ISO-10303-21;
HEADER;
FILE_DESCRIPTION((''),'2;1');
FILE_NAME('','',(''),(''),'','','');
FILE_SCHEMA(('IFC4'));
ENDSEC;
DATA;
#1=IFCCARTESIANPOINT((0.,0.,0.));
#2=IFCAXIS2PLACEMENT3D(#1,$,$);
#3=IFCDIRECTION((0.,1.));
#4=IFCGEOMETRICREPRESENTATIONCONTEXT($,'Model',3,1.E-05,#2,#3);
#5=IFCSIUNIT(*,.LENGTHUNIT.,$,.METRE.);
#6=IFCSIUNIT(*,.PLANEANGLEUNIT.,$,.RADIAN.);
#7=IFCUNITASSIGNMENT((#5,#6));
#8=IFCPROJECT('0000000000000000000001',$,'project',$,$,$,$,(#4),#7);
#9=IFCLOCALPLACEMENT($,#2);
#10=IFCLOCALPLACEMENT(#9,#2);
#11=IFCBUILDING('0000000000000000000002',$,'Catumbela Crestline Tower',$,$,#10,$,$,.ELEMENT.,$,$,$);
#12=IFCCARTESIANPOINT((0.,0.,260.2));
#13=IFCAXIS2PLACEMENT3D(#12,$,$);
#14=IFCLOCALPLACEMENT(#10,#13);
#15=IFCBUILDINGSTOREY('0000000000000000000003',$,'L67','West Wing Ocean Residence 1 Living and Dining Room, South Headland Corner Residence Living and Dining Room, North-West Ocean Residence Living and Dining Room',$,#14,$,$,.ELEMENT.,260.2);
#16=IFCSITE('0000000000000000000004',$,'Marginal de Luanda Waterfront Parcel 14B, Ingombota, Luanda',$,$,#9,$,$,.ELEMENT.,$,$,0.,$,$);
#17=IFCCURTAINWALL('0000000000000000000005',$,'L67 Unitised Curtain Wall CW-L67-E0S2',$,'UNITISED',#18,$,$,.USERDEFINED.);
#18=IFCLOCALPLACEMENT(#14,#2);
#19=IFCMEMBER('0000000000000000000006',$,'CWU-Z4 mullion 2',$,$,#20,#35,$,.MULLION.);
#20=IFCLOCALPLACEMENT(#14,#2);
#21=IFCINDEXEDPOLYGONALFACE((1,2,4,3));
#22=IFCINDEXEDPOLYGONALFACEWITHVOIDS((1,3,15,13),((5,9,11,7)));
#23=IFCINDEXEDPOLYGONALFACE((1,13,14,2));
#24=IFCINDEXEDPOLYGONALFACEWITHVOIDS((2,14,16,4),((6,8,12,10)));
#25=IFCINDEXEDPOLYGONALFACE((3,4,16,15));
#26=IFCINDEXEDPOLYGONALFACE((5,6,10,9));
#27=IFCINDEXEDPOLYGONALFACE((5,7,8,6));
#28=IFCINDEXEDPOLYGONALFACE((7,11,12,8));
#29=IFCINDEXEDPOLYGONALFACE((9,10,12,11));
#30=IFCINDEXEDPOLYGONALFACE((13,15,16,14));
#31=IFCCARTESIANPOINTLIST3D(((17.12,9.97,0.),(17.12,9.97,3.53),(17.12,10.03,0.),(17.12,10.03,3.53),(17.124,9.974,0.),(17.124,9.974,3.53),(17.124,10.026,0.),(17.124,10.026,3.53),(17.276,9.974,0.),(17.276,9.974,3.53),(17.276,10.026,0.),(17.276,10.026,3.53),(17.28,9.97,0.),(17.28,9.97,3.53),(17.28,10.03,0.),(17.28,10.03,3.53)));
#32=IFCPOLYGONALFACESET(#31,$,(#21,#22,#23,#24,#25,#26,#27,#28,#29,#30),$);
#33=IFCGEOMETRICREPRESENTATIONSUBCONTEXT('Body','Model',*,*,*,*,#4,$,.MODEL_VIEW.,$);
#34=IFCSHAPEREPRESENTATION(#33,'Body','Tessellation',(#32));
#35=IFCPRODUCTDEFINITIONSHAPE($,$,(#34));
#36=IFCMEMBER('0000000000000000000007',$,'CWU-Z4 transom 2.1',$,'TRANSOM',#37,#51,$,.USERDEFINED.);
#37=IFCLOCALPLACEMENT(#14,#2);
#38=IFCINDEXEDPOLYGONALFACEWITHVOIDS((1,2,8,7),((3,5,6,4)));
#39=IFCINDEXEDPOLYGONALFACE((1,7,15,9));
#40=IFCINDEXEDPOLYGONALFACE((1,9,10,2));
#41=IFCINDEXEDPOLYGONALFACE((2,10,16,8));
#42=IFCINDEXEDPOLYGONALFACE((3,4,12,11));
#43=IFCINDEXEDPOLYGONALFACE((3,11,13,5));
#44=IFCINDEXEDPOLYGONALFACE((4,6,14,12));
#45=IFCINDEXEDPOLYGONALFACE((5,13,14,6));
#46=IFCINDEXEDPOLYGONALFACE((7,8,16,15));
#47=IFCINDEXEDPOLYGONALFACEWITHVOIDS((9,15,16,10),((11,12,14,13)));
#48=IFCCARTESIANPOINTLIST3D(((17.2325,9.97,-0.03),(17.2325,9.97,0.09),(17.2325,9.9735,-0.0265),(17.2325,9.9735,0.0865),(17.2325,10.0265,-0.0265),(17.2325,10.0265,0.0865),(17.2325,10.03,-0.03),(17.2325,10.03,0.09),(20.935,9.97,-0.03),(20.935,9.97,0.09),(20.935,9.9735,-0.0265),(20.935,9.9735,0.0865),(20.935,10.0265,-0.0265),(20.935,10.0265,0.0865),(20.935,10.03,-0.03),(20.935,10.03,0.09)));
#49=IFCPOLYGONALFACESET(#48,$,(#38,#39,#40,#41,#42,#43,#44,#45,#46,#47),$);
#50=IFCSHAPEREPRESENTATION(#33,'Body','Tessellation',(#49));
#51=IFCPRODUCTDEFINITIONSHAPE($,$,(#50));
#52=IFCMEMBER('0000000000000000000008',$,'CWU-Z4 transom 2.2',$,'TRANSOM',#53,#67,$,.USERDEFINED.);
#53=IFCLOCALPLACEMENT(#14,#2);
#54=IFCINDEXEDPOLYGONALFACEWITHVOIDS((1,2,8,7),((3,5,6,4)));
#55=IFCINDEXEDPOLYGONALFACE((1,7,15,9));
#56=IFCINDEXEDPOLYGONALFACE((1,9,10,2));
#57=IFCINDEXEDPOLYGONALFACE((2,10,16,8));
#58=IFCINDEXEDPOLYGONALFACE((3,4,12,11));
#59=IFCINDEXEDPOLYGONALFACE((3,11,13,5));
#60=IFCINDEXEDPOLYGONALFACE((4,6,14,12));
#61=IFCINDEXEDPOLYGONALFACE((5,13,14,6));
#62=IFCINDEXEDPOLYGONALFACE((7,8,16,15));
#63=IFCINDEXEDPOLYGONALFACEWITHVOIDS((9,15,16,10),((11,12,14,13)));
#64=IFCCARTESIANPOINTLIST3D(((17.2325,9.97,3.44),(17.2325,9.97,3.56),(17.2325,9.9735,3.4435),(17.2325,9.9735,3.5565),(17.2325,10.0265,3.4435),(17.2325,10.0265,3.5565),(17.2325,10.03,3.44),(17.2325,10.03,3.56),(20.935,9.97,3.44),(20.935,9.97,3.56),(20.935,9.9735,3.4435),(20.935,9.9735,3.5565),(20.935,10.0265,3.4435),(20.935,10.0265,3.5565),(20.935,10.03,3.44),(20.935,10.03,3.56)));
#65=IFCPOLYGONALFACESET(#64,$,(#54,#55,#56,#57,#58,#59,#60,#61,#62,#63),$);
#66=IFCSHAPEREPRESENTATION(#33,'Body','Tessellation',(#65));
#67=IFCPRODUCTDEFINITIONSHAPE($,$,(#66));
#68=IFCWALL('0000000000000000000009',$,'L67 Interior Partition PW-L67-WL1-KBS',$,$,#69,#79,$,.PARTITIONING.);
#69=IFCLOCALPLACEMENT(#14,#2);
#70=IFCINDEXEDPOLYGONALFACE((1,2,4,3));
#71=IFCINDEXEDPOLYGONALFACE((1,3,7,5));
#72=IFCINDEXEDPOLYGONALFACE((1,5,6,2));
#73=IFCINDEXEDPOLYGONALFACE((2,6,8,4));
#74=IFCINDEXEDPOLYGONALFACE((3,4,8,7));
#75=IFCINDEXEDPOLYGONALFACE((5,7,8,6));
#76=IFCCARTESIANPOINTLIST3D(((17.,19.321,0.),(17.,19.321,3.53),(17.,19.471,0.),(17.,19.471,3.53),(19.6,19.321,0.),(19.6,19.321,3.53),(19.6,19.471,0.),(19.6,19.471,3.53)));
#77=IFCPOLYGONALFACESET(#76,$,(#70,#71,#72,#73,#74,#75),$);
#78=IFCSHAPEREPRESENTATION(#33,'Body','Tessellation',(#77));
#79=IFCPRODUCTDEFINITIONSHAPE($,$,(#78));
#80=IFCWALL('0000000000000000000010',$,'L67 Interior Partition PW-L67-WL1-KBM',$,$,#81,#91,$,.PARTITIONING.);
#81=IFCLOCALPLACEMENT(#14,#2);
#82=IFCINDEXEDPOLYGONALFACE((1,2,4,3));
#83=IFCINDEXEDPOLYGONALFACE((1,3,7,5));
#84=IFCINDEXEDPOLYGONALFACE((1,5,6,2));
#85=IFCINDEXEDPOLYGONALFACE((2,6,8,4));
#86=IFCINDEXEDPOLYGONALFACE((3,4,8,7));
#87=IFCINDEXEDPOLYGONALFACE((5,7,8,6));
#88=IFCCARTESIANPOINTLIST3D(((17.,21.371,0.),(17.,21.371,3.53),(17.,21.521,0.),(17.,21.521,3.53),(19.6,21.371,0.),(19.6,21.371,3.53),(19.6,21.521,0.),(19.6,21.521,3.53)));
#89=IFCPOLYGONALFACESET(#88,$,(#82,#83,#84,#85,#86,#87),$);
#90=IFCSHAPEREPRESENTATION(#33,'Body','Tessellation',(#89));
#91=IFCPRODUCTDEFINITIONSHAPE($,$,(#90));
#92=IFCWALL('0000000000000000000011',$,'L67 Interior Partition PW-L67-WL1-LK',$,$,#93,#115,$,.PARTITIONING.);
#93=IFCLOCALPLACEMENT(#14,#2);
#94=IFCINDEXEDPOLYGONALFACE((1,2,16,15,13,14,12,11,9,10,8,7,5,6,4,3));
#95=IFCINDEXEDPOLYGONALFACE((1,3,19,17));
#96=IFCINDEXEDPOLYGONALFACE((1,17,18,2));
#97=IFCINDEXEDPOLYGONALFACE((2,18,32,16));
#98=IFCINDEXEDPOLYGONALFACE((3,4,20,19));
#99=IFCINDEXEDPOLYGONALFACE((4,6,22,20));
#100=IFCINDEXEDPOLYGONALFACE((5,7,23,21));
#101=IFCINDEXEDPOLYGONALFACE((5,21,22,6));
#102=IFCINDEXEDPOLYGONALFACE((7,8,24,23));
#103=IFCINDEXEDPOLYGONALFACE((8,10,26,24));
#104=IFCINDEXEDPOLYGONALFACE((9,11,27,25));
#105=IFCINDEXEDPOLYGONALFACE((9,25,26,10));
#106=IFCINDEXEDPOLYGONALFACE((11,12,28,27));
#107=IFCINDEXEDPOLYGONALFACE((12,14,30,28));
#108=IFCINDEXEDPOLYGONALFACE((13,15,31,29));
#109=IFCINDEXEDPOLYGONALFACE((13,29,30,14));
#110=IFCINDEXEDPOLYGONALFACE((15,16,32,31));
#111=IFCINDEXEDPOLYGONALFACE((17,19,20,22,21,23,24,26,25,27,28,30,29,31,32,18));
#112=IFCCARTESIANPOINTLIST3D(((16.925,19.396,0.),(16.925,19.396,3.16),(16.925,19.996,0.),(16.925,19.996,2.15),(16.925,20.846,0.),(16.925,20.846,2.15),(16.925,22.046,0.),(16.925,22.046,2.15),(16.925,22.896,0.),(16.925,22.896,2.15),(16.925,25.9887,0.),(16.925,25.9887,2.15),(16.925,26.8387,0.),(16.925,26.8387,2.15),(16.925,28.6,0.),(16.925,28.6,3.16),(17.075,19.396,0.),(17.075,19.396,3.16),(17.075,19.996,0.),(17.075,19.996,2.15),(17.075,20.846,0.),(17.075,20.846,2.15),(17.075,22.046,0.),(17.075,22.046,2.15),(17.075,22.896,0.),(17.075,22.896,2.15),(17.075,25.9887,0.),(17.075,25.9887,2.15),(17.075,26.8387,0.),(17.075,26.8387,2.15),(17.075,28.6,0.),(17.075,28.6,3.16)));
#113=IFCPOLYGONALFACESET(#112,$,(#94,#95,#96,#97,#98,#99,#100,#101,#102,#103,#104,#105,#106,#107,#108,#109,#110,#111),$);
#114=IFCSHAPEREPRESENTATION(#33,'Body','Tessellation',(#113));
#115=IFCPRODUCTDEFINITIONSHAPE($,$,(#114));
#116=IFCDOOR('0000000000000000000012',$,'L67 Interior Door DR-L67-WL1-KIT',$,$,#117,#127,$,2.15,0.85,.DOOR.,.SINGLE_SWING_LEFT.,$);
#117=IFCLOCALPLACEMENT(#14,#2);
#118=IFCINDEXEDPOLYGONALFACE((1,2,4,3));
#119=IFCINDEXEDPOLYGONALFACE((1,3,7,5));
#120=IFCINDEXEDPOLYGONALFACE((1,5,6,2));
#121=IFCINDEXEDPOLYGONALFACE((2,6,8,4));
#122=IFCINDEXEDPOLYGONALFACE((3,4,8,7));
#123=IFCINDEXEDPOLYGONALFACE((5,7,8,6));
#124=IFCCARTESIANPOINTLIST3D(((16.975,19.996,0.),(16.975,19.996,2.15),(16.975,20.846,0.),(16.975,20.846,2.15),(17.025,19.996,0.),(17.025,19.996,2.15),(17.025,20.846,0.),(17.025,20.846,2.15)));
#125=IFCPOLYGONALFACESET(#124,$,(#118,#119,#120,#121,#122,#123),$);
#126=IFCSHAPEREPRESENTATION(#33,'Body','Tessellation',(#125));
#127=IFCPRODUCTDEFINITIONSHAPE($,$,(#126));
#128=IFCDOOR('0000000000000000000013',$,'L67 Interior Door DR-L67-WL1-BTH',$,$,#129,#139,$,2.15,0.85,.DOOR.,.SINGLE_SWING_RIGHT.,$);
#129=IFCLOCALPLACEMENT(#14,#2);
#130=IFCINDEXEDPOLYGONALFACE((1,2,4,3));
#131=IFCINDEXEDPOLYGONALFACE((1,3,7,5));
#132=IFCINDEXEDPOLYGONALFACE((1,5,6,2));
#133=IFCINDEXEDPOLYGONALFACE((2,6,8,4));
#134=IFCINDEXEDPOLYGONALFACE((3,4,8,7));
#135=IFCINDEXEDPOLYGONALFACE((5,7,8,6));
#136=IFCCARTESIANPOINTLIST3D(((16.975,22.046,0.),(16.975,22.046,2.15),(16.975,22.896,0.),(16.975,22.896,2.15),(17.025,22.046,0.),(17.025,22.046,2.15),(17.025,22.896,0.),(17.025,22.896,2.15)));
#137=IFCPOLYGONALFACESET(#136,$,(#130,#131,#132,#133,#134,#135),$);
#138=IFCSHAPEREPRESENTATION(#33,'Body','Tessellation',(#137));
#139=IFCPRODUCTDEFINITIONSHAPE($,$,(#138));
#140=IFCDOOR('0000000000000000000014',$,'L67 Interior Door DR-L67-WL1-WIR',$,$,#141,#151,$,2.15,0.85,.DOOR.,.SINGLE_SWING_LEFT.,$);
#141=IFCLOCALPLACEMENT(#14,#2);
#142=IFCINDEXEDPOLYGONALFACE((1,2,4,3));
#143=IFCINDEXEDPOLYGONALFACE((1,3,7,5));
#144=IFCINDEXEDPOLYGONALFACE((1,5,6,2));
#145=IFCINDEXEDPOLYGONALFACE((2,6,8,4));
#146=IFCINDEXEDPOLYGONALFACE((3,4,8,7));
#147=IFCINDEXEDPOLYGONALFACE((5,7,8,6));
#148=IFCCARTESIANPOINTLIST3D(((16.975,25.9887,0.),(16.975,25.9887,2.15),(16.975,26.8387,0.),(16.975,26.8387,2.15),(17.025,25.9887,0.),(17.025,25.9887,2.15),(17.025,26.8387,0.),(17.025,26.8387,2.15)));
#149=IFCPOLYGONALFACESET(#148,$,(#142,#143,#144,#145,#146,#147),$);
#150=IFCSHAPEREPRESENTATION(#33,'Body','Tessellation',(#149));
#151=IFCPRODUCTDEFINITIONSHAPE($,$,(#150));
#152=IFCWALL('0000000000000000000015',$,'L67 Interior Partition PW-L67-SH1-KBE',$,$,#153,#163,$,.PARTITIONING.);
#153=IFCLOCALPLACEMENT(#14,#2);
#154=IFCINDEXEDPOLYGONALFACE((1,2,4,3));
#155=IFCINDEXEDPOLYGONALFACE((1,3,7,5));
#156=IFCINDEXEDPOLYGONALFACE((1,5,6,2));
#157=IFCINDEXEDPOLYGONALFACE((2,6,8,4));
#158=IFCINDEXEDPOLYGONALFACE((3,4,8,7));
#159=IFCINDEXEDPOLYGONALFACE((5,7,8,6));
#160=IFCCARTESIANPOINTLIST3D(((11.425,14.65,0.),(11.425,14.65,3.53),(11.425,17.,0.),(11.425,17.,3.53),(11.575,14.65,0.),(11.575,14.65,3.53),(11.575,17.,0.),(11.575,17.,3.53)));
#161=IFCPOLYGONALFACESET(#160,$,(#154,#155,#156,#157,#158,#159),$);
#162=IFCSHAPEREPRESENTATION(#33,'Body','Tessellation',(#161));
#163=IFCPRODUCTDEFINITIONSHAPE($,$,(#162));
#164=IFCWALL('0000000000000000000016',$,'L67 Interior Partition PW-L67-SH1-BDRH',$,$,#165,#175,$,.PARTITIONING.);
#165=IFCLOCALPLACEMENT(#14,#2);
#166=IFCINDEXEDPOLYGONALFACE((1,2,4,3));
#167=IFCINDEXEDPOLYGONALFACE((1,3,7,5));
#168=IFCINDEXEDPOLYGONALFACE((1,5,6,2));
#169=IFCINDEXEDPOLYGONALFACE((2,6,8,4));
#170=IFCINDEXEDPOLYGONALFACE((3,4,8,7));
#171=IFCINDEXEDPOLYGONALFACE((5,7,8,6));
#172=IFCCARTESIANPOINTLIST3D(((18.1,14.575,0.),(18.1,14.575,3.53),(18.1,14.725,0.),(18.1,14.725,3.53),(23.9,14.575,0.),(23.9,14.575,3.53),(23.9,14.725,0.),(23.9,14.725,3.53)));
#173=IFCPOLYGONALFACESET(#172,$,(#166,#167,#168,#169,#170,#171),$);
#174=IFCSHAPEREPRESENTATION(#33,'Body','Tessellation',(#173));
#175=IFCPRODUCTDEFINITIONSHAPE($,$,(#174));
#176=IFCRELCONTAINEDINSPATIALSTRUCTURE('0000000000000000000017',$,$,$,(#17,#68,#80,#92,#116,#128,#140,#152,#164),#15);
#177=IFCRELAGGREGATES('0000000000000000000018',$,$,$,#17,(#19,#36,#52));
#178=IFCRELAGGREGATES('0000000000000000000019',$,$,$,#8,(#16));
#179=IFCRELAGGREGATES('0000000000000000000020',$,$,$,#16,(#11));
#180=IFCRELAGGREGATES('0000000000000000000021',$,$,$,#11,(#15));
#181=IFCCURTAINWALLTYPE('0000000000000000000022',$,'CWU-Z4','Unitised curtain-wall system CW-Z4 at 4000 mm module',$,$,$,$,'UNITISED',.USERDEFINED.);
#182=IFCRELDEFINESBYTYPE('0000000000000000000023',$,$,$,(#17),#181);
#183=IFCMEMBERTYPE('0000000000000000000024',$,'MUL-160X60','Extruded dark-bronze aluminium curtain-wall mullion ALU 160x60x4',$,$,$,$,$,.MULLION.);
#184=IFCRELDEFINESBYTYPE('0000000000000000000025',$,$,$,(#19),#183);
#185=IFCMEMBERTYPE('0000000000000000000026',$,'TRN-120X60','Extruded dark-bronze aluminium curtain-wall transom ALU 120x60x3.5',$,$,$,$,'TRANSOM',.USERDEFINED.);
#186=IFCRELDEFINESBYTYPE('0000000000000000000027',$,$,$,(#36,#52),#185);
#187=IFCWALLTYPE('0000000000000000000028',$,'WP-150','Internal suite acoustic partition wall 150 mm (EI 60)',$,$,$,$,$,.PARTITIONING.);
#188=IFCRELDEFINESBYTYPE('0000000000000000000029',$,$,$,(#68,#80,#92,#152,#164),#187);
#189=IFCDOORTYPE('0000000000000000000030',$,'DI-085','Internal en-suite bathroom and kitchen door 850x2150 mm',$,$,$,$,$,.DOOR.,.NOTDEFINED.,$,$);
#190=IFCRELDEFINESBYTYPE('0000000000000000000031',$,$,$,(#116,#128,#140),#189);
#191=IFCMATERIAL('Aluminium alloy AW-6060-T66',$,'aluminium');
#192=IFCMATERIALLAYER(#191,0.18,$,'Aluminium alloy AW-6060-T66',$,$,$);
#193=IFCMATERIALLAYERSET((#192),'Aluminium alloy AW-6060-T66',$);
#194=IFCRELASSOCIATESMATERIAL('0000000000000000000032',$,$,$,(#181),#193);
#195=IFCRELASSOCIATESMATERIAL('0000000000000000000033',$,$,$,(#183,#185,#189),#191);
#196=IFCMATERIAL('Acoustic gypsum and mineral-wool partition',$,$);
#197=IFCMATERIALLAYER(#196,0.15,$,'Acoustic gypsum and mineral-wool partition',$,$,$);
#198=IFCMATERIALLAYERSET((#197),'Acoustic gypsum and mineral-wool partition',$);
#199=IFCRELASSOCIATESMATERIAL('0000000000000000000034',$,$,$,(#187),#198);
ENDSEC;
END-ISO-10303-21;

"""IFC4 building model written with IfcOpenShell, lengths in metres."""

from ifc_helpers import new_model, si_unit, direction, frame, frame_2d, origin, origin_2d, place, context, subcontext, project, spatial, rectangle, hollow_rectangle, extrude, material, layer, layer_set, material_profile, profile_set, type_object, element, fill, aggregate, save


model = new_model("IFC4")

# Units and contexts
model_context = context("Model", 3, precision=1e-05, world=origin(), true_north=direction((0.0, 1.0)))
body_context = subcontext(model_context, "Body", "Model", "MODEL_VIEW")
ifc_project = project(units=[si_unit("LENGTHUNIT", "METRE"), si_unit("PLANEANGLEUNIT", "RADIAN")], contexts=[model_context])

# Site, building, storey
site_placement = place(None, origin())
site = spatial("IfcSite", under=ifc_project, at=site_placement, Name="Marginal de Luanda Waterfront Parcel 14B, Ingombota, Luanda", CompositionType="ELEMENT", RefElevation=0.0)
building_placement = place(site_placement, origin())
building = spatial("IfcBuilding", under=site, at=building_placement, Name="Catumbela Crestline Tower", CompositionType="ELEMENT")
storey_placement = place(building_placement, frame((0.0, 0.0, 260.2)))
storey = spatial("IfcBuildingStorey", under=building, at=storey_placement, Name="L67", Description="West Wing Ocean Residence 1 Living and Dining Room, South Headland Corner Residence Living and Dining Room, North-West Ocean Residence Living and Dining Room", CompositionType="ELEMENT", Elevation=260.2)

# Curtain wall, members
ifc_material_1 = material(Name="Aluminium alloy AW-6060-T66", Category="aluminium")
ifc_layer_1 = layer(ifc_material_1, 0.18, Name="Aluminium alloy AW-6060-T66")
ifc_layer_set_1 = layer_set([ifc_layer_1], Name="Aluminium alloy AW-6060-T66")
curtain_wall_type = type_object("IfcCurtainWallType", Name="CWU-Z4", Description="Unitised curtain-wall system CW-Z4 at 4000 mm module", ElementType="UNITISED", PredefinedType="USERDEFINED", material=ifc_layer_set_1)
curtain_wall_placement = place(storey_placement, origin())
curtain_wall = element("IfcCurtainWall", 1, at=curtain_wall_placement, inside=storey, type_object=curtain_wall_type, Name="L67 Unitised Curtain Wall CW-L67-E0S2", ObjectType="UNITISED", PredefinedType="USERDEFINED")
ifc_material_profile_1 = material_profile(ifc_material_1, hollow_rectangle(XDim=0.06, YDim=0.16, WallThickness=0.004, at=origin_2d()), Name="ALU 160x60x4")
ifc_profile_set_1 = profile_set([ifc_material_profile_1], Name="Aluminium alloy AW-6060-T66")
member_type_1 = type_object("IfcMemberType", Name="MUL-160X60", Description="Extruded dark-bronze aluminium curtain-wall mullion ALU 160x60x4", PredefinedType="MULLION", material=ifc_profile_set_1)
member_1_placement = place(storey_placement, frame((17.2, 10.0, 0.0), z_axis=(0.0, 0.0, 1.0), x_axis=(0.0, 1.0, 0.0)))
member_1 = element("IfcMember", 2, at=member_1_placement, type_object=member_type_1, Name="CWU-Z4 mullion 2", PredefinedType="MULLION", context=body_context, shape_type="SweptSolid", body=[
    extrude(hollow_rectangle(XDim=0.06, YDim=0.16, WallThickness=0.004, at=origin_2d()), origin(), (0.0, 0.0, 1.0), 3.53),
])
ifc_material_profile_2 = material_profile(ifc_material_1, hollow_rectangle(XDim=0.06, YDim=0.12, WallThickness=0.0035, at=origin_2d()), Name="ALU 120x60x3.5")
ifc_profile_set_2 = profile_set([ifc_material_profile_2], Name="Aluminium alloy AW-6060-T66")
member_type_2 = type_object("IfcMemberType", Name="TRN-120X60", Description="Extruded dark-bronze aluminium curtain-wall transom ALU 120x60x3.5", ElementType="TRANSOM", PredefinedType="USERDEFINED", material=ifc_profile_set_2)
member_2_placement = place(storey_placement, frame((17.2325, 10.0, 0.03), z_axis=(1.0, 0.0, 0.0), x_axis=(0.0, 1.0, 0.0)))
member_2 = element("IfcMember", 3, at=member_2_placement, type_object=member_type_2, Name="CWU-Z4 transom 2.1", ObjectType="TRANSOM", PredefinedType="USERDEFINED", context=body_context, shape_type="SweptSolid", body=[
    extrude(hollow_rectangle(XDim=0.06, YDim=0.12, WallThickness=0.0035, at=origin_2d()), origin(), (0.0, 0.0, 1.0), 3.7025),
])
member_3_placement = place(storey_placement, frame((17.2325, 10.0, 3.5), z_axis=(1.0, 0.0, 0.0), x_axis=(0.0, 1.0, 0.0)))
member_3 = element("IfcMember", 4, at=member_3_placement, type_object=member_type_2, Name="CWU-Z4 transom 2.2", ObjectType="TRANSOM", PredefinedType="USERDEFINED", context=body_context, shape_type="SweptSolid", body=[
    extrude(hollow_rectangle(XDim=0.06, YDim=0.12, WallThickness=0.0035, at=origin_2d()), origin(), (0.0, 0.0, 1.0), 3.7025),
])
aggregate(curtain_wall, [member_1, member_2, member_3])

# Walls
ifc_material_2 = material(Name="Acoustic gypsum and mineral-wool partition")
ifc_layer_2 = layer(ifc_material_2, 0.15, Name="Acoustic gypsum and mineral-wool partition")
ifc_layer_set_2 = layer_set([ifc_layer_2], Name="Acoustic gypsum and mineral-wool partition")
wall_type = type_object("IfcWallType", Name="WP-150", Description="Internal suite acoustic partition wall 150 mm (EI 60)", PredefinedType="PARTITIONING", material=ifc_layer_set_2)
for number, where, z_axis, x_axis, name in (
    (5, (17.0, 19.396, 0.0), (0.0, 0.0, 1.0), (1.0, 0.0, 0.0), "L67 Interior Partition PW-L67-WL1-KBS"),
    (6, (17.0, 21.446, 0.0), (0.0, 0.0, 1.0), (1.0, 0.0, 0.0), "L67 Interior Partition PW-L67-WL1-KBM"),
):
    element("IfcWall", number, at=place(storey_placement, frame(where, z_axis=z_axis, x_axis=x_axis)), inside=storey, type_object=wall_type, Name=name, PredefinedType="PARTITIONING", context=body_context, shape_type="SweptSolid", body=[
        extrude(rectangle(XDim=2.6, YDim=0.15, at=frame_2d((1.3, 0.0))), origin(), (0.0, 0.0, 1.0), 3.53),
    ])

# Wall, openings, doors
wall_1_placement = place(storey_placement, frame((17.0, 19.396, 0.0), z_axis=(0.0, 0.0, 1.0), x_axis=(0.0, 1.0, 0.0)))
wall_1 = element("IfcWall", 7, at=wall_1_placement, inside=storey, type_object=wall_type, Name="L67 Interior Partition PW-L67-WL1-LK", PredefinedType="PARTITIONING", context=body_context, shape_type="SweptSolid", body=[
    extrude(rectangle(XDim=9.204, YDim=0.15, at=frame_2d((4.602, 0.0))), origin(), (0.0, 0.0, 1.0), 3.16),
])
opening_1_placement = place(wall_1_placement, frame((0.6, 0.0, 0.0)))
opening_1 = element("IfcOpeningElement", 8, at=opening_1_placement, cuts=wall_1, PredefinedType="OPENING", context=body_context, shape_type="SweptSolid", body=[
    extrude(rectangle(XDim=0.85, YDim=2.15, at=frame_2d((0.425, 1.075))), frame((0.0, 0.085, 0.0), z_axis=(0.0, -1.0, 0.0), x_axis=(1.0, 0.0, 0.0)), (0.0, 0.0, 1.0), 0.17),
])
opening_2_placement = place(wall_1_placement, frame((2.65, 0.0, 0.0)))
opening_2 = element("IfcOpeningElement", 9, at=opening_2_placement, cuts=wall_1, PredefinedType="OPENING", context=body_context, shape_type="SweptSolid", body=[
    extrude(rectangle(XDim=0.85, YDim=2.15, at=frame_2d((0.425, 1.075))), frame((0.0, 0.085, 0.0), z_axis=(0.0, -1.0, 0.0), x_axis=(1.0, 0.0, 0.0)), (0.0, 0.0, 1.0), 0.17),
])
opening_3_placement = place(wall_1_placement, frame((6.5927, 0.0, 0.0)))
opening_3 = element("IfcOpeningElement", 10, at=opening_3_placement, cuts=wall_1, PredefinedType="OPENING", context=body_context, shape_type="SweptSolid", body=[
    extrude(rectangle(XDim=0.85, YDim=2.15, at=frame_2d((0.425, 1.075))), frame((0.0, 0.085, 0.0), z_axis=(0.0, -1.0, 0.0), x_axis=(1.0, 0.0, 0.0)), (0.0, 0.0, 1.0), 0.17),
])
door_type_1 = type_object("IfcDoorType", Name="DI-085", Description="Internal en-suite bathroom and kitchen door 850x2150 mm", OperationType="NOTDEFINED", PredefinedType="DOOR", material=ifc_material_1)
door_1_placement = place(opening_1_placement, origin())
door_1 = element("IfcDoor", 11, at=door_1_placement, inside=storey, type_object=door_type_1, Name="L67 Interior Door DR-L67-WL1-KIT", OperationType="SINGLE_SWING_LEFT", OverallHeight=2.15, OverallWidth=0.85, PredefinedType="DOOR", context=body_context, shape_type="SweptSolid", body=[
    extrude(rectangle(XDim=0.85, YDim=2.15, at=frame_2d((0.425, 1.075))), frame((0.0, 0.025, 0.0), z_axis=(0.0, -1.0, 0.0), x_axis=(1.0, 0.0, 0.0)), (0.0, 0.0, 1.0), 0.05),
])
fill(opening_1, door_1)
door_2_placement = place(opening_2_placement, origin())
door_2 = element("IfcDoor", 12, at=door_2_placement, inside=storey, type_object=door_type_1, Name="L67 Interior Door DR-L67-WL1-BTH", OperationType="SINGLE_SWING_RIGHT", OverallHeight=2.15, OverallWidth=0.85, PredefinedType="DOOR", context=body_context, shape_type="SweptSolid", body=[
    extrude(rectangle(XDim=0.85, YDim=2.15, at=frame_2d((0.425, 1.075))), frame((0.0, 0.025, 0.0), z_axis=(0.0, -1.0, 0.0), x_axis=(1.0, 0.0, 0.0)), (0.0, 0.0, 1.0), 0.05),
])
fill(opening_2, door_2)
door_3_placement = place(opening_3_placement, origin())
door_3 = element("IfcDoor", 13, at=door_3_placement, inside=storey, type_object=door_type_1, Name="L67 Interior Door DR-L67-WL1-WIR", OperationType="SINGLE_SWING_LEFT", OverallHeight=2.15, OverallWidth=0.85, PredefinedType="DOOR", context=body_context, shape_type="SweptSolid", body=[
    extrude(rectangle(XDim=0.85, YDim=2.15, at=frame_2d((0.425, 1.075))), frame((0.0, 0.025, 0.0), z_axis=(0.0, -1.0, 0.0), x_axis=(1.0, 0.0, 0.0)), (0.0, 0.0, 1.0), 0.05),
])
fill(opening_3, door_3)

# Walls
wall_2_placement = place(storey_placement, frame((11.5, 14.65, 0.0), z_axis=(0.0, 0.0, 1.0), x_axis=(0.0, 1.0, 0.0)))
element("IfcWall", 14, at=wall_2_placement, inside=storey, type_object=wall_type, Name="L67 Interior Partition PW-L67-SH1-KBE", PredefinedType="PARTITIONING", context=body_context, shape_type="SweptSolid", body=[
    extrude(rectangle(XDim=2.35, YDim=0.15, at=frame_2d((1.175, 0.0))), origin(), (0.0, 0.0, 1.0), 3.53),
])
wall_3_placement = place(storey_placement, frame((18.1, 14.65, 0.0), z_axis=(0.0, 0.0, 1.0), x_axis=(1.0, 0.0, 0.0)))
element("IfcWall", 15, at=wall_3_placement, inside=storey, type_object=wall_type, Name="L67 Interior Partition PW-L67-SH1-BDRH", PredefinedType="PARTITIONING", context=body_context, shape_type="SweptSolid", body=[
    extrude(rectangle(XDim=5.8, YDim=0.15, at=frame_2d((2.9, 0.0))), origin(), (0.0, 0.0, 1.0), 3.53),
])

save(model, "model.ifc")
